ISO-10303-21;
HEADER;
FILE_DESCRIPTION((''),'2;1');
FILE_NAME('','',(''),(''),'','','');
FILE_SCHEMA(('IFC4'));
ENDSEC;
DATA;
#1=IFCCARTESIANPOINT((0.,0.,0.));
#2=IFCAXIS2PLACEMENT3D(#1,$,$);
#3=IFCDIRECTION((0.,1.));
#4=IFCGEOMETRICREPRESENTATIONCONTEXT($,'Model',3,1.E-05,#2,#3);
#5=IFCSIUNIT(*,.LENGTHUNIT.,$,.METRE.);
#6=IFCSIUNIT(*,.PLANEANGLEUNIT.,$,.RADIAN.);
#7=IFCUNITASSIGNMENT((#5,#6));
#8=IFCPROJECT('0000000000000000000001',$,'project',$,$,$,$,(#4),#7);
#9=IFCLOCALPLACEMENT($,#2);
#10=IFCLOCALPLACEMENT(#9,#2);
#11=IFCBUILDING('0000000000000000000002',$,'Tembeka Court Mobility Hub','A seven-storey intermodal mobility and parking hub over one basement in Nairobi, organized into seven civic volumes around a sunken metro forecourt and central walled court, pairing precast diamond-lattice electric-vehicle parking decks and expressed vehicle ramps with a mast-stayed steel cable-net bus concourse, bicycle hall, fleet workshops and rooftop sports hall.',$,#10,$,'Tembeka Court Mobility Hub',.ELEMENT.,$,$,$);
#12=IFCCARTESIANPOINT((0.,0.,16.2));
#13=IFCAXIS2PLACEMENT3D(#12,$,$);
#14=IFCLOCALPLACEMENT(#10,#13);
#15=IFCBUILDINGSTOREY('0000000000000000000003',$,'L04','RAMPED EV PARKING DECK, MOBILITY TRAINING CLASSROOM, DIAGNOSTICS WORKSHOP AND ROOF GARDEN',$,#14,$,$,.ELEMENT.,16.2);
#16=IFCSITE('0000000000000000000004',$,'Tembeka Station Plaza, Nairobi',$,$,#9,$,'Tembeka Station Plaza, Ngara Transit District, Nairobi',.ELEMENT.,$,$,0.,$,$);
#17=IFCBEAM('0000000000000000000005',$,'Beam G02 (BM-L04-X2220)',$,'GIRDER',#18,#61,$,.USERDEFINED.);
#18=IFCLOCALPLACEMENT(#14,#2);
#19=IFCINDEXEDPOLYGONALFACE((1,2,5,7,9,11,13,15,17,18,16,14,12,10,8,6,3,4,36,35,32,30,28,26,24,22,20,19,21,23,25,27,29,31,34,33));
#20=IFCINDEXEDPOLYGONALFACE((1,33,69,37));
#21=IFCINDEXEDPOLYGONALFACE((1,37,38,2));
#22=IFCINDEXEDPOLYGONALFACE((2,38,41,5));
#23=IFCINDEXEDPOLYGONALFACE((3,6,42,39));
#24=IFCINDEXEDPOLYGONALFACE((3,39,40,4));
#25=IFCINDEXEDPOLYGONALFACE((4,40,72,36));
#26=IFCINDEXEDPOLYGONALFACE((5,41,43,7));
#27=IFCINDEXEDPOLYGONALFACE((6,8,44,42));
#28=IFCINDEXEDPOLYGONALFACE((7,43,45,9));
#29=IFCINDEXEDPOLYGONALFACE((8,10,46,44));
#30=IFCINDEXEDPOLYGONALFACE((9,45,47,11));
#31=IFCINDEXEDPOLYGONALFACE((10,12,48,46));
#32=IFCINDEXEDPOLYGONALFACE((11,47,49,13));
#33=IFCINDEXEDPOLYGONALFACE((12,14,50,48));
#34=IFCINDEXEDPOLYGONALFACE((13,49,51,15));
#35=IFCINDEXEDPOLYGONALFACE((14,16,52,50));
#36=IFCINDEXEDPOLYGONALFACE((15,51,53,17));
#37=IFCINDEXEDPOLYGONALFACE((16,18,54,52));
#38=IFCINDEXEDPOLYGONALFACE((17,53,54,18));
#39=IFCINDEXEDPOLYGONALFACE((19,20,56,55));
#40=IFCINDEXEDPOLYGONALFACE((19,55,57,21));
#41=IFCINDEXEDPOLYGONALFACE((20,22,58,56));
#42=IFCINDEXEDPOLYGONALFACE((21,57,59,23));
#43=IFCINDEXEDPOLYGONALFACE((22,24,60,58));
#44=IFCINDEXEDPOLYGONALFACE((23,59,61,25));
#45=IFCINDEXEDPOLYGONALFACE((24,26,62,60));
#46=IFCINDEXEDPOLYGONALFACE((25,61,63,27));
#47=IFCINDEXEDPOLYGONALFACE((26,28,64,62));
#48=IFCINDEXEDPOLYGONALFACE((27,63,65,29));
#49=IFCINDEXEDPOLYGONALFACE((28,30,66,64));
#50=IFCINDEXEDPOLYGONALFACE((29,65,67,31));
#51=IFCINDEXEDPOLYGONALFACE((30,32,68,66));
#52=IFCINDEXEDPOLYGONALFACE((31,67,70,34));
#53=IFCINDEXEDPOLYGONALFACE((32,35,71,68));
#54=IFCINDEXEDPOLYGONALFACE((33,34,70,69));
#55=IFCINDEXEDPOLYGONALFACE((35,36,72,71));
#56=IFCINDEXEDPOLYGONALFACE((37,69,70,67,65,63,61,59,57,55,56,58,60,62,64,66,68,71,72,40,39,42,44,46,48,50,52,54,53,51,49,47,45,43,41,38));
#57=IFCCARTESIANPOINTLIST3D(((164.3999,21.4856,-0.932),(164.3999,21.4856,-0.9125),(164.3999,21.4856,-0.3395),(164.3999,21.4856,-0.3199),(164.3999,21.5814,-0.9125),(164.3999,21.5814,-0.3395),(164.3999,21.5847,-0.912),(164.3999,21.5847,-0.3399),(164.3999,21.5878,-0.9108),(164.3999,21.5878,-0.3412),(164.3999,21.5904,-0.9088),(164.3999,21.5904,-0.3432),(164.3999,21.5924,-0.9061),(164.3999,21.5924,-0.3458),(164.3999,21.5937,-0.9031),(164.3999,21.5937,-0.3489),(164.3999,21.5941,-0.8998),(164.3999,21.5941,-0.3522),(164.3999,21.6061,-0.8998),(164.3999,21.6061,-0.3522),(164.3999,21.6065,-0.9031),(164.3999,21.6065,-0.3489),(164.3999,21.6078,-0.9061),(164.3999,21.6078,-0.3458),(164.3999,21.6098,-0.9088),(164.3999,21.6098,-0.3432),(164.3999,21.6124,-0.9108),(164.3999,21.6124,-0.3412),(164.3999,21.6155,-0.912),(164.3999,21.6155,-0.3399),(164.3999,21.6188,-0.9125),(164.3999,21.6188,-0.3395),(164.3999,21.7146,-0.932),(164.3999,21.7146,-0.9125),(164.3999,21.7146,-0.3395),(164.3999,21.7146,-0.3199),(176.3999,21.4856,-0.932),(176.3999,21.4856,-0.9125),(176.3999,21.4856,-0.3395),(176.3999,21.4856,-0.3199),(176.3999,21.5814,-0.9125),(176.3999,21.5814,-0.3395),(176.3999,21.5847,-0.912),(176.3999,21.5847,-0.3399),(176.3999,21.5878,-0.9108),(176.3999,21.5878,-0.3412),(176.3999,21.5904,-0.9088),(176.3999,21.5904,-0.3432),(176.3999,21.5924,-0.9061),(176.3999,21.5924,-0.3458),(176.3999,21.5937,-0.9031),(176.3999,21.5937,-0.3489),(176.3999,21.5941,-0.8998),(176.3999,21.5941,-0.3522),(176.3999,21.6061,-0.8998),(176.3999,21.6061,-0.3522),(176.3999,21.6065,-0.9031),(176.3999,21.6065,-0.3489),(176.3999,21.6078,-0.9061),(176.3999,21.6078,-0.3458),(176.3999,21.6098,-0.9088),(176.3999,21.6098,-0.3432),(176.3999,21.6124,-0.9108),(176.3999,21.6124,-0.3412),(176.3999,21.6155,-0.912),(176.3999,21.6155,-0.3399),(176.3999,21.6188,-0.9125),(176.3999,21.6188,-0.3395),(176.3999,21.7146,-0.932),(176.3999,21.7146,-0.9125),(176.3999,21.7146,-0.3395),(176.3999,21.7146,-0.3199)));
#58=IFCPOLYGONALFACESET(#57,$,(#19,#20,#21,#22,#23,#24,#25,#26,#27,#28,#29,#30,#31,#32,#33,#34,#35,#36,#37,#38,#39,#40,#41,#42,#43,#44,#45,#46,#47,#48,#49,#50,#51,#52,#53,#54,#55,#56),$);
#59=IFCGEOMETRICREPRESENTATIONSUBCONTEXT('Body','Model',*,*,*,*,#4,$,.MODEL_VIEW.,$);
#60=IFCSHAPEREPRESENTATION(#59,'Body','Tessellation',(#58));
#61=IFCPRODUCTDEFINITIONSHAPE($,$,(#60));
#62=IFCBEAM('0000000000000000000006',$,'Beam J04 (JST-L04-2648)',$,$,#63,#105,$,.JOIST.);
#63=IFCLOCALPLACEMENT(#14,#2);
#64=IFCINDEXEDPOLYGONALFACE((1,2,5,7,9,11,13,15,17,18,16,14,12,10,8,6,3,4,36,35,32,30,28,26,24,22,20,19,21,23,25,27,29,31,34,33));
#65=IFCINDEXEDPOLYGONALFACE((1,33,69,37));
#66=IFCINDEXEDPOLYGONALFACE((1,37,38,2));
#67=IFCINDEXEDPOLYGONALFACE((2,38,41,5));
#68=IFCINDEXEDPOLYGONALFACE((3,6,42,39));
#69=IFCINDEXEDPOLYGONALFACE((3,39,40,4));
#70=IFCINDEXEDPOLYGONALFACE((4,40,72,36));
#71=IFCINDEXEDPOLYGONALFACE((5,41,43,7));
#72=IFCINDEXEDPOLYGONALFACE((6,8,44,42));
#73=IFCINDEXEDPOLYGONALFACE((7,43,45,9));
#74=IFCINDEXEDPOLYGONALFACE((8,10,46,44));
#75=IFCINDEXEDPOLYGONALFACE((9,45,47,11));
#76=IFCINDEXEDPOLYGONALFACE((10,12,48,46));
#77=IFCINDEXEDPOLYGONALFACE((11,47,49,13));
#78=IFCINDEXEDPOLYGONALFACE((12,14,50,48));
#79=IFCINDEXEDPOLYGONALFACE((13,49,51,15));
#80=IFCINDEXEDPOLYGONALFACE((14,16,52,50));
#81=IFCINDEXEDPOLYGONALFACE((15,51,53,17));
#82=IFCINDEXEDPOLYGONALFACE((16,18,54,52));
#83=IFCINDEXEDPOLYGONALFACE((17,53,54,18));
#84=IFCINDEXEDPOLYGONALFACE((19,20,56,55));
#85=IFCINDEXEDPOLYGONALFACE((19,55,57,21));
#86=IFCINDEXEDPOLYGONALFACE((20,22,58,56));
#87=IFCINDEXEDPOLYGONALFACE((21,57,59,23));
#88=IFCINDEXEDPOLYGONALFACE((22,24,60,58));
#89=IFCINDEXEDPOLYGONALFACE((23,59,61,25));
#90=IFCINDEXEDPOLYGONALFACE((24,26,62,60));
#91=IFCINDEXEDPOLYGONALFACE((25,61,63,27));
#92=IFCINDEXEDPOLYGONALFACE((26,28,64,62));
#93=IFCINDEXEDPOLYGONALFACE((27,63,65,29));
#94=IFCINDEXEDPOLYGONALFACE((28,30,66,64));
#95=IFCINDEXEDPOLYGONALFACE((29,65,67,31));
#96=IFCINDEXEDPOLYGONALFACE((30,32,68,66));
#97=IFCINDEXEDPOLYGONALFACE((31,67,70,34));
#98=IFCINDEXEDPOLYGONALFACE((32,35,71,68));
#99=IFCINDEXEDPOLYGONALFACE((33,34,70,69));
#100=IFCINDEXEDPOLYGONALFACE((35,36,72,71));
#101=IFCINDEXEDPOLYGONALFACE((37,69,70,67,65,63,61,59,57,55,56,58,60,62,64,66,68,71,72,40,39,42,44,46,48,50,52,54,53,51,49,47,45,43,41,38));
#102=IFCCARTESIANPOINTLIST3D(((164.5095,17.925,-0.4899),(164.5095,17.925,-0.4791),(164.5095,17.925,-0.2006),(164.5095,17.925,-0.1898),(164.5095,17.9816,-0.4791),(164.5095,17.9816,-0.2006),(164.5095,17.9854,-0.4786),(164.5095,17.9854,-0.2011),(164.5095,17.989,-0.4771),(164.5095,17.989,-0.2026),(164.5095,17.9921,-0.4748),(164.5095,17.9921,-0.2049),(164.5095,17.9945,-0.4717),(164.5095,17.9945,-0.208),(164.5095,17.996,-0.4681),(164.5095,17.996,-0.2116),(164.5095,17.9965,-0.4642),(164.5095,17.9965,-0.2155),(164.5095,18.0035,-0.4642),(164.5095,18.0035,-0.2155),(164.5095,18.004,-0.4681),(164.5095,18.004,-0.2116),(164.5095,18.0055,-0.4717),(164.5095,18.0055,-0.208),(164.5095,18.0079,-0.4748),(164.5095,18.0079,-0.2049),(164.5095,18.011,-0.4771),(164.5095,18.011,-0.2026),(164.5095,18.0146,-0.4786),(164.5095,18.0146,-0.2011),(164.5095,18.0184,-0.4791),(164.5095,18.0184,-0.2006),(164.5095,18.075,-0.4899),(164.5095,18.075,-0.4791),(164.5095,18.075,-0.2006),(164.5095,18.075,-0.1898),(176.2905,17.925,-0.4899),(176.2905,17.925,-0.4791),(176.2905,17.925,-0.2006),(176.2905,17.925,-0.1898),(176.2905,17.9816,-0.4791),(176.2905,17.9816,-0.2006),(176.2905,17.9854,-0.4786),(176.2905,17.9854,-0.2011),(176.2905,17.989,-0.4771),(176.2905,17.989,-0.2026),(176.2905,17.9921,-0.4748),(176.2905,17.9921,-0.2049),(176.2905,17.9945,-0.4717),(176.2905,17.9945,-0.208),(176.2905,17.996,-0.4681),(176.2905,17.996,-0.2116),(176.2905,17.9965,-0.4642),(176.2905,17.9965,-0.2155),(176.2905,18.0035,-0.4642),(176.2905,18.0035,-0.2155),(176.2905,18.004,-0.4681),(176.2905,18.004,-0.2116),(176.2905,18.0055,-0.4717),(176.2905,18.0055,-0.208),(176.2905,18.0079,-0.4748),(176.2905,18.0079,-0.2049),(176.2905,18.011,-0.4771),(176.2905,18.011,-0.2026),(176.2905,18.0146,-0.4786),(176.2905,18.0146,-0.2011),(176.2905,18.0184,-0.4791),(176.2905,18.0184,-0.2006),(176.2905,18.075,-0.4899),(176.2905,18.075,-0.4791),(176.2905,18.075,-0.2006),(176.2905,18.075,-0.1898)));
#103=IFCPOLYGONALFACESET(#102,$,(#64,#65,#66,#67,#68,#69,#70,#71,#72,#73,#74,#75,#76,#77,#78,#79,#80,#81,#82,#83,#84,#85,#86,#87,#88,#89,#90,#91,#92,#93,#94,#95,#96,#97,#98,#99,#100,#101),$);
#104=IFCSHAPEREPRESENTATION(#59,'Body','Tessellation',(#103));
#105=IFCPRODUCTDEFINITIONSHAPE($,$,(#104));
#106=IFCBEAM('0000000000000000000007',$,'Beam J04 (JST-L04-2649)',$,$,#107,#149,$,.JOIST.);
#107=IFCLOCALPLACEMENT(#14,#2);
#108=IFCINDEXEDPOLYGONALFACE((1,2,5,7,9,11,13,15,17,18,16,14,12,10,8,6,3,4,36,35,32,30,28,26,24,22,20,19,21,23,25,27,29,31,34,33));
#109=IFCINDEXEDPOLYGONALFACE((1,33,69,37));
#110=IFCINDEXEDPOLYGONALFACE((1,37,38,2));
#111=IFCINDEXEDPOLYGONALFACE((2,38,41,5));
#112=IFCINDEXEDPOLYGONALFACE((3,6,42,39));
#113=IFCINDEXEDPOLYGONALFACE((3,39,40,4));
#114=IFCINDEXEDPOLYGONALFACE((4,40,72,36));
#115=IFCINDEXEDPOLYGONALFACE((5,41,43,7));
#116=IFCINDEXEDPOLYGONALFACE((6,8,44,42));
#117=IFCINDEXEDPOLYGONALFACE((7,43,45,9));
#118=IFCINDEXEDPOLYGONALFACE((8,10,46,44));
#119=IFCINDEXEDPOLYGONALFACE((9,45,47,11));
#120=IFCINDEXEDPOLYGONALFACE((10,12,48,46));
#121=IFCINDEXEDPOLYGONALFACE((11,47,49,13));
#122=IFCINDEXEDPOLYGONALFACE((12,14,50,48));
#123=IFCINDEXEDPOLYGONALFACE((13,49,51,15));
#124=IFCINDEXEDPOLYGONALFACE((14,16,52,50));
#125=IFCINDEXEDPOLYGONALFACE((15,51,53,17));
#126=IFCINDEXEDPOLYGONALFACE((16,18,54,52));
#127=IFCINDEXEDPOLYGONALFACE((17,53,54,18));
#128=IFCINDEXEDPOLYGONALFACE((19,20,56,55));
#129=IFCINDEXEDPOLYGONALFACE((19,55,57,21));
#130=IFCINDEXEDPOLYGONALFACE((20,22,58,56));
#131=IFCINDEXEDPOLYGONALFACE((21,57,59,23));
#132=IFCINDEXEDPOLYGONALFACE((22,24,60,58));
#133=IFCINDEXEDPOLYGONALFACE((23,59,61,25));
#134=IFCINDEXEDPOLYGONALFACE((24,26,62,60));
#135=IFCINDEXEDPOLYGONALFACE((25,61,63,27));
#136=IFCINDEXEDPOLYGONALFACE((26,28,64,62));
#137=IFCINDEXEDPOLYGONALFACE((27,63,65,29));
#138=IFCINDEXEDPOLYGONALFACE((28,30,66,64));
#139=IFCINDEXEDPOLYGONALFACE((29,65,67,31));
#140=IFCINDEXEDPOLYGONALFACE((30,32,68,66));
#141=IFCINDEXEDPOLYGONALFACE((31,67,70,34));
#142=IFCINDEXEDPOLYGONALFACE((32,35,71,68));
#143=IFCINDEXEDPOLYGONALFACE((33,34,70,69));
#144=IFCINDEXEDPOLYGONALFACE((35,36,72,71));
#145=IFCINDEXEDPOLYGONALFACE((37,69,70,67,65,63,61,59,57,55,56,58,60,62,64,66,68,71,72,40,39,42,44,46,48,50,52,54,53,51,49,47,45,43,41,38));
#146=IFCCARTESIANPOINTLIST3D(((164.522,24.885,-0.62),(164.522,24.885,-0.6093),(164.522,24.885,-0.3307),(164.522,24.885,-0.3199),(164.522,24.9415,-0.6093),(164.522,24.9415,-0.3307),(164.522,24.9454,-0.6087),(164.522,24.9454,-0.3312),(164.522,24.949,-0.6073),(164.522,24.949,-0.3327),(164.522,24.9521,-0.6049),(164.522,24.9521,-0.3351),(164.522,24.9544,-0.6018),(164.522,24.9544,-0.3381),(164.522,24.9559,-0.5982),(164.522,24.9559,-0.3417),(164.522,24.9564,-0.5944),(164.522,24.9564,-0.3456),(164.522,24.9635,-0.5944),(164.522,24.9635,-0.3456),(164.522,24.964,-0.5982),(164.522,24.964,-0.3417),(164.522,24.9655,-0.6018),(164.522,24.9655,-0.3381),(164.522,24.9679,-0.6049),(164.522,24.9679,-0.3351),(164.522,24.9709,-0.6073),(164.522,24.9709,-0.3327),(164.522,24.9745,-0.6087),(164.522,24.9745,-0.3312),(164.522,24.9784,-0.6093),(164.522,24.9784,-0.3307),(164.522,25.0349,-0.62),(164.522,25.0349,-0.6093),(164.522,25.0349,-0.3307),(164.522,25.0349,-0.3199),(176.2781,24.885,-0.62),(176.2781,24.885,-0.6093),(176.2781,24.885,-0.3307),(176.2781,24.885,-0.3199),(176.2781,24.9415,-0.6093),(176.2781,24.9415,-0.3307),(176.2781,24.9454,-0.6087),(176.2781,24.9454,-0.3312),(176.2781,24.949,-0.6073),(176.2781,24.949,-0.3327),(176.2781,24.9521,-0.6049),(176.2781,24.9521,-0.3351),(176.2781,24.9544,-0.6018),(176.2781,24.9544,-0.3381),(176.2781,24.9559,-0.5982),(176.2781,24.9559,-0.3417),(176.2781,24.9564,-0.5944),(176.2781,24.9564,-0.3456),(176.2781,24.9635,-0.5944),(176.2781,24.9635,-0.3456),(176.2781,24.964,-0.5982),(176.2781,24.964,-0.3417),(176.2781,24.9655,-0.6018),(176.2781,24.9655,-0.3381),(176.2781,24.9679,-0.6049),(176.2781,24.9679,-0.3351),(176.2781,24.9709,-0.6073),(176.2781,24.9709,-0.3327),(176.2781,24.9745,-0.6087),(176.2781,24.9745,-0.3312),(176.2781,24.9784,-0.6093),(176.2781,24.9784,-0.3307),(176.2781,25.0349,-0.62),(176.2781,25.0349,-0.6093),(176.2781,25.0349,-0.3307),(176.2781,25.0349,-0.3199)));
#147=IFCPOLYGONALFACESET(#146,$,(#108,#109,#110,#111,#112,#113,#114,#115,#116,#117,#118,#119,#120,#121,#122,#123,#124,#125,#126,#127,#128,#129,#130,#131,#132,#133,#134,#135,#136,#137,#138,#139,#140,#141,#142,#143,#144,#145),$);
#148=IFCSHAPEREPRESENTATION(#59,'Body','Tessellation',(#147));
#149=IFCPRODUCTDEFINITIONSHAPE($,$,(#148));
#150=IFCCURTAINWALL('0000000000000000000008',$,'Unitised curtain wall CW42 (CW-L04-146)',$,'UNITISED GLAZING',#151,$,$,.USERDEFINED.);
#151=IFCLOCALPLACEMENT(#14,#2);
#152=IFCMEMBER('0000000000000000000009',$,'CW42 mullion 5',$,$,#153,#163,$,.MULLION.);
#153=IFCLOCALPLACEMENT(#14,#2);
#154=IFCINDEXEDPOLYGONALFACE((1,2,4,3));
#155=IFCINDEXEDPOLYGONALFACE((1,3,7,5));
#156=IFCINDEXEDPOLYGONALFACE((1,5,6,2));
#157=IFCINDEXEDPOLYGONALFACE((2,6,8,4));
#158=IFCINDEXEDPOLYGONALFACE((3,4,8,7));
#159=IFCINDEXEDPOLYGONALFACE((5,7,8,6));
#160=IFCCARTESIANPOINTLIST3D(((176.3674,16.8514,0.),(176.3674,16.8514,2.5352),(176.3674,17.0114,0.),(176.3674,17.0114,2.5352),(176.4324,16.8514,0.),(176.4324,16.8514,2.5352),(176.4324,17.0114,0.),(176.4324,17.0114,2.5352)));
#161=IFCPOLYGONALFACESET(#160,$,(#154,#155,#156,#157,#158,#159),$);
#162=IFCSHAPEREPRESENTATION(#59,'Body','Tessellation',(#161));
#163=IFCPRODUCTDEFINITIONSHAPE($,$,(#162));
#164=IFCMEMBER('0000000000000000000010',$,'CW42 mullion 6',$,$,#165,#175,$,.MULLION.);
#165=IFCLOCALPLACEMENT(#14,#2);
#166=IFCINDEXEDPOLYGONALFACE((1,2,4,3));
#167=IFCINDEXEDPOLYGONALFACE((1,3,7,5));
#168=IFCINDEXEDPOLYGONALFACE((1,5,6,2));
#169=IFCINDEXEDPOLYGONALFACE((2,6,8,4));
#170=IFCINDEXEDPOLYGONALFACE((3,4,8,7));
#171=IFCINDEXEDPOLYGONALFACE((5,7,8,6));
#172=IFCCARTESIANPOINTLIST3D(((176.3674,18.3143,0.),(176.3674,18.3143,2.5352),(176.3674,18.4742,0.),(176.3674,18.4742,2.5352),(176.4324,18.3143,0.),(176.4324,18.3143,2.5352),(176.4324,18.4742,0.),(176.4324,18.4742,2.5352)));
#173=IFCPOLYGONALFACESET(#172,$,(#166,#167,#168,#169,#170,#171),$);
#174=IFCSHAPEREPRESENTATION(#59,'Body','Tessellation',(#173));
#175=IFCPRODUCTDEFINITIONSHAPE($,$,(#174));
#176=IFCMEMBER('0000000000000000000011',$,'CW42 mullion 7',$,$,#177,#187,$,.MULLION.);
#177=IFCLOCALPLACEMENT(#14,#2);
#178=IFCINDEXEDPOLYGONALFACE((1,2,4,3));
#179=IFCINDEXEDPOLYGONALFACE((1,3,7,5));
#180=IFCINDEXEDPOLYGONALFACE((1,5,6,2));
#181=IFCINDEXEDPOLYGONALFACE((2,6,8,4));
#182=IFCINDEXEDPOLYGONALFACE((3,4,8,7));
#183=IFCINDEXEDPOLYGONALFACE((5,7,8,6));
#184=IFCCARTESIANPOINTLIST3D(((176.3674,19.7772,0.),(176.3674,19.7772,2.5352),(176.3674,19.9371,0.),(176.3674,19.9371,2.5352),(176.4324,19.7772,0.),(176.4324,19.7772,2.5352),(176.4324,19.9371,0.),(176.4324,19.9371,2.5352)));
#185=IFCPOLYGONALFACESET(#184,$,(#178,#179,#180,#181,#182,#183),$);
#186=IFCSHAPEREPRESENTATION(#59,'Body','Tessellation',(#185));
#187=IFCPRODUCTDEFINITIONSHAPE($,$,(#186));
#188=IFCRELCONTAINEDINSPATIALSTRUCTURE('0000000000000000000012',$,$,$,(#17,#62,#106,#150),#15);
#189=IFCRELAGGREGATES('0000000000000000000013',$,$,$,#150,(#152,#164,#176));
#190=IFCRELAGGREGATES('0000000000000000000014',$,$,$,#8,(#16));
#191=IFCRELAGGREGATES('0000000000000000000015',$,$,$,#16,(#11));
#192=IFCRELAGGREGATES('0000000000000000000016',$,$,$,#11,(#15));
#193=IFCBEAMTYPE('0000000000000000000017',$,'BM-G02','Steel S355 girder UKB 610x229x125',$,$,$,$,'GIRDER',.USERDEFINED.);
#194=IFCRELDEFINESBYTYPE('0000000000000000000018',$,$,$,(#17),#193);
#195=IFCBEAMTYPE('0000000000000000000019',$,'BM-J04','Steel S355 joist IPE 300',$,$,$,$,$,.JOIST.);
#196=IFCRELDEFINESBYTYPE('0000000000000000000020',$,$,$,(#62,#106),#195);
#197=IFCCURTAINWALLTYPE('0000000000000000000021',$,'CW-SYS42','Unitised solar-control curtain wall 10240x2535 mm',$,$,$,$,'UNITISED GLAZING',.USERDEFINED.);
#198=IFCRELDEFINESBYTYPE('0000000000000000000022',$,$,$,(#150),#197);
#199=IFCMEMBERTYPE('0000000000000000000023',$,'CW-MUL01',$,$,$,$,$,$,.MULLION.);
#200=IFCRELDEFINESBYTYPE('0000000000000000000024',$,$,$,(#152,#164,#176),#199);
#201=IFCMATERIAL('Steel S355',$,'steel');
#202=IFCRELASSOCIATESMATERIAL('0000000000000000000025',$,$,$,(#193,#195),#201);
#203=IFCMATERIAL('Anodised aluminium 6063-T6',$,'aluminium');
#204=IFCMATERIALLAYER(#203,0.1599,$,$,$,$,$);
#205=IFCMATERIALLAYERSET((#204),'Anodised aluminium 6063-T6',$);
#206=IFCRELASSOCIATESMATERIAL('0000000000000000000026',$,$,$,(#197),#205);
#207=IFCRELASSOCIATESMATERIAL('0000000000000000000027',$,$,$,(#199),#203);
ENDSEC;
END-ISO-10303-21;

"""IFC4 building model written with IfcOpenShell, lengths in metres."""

from ifc_helpers import new_model, si_unit, direction, frame, origin, origin_2d, place, context, subcontext, project, spatial, rectangle, i_section, extrude, material, layer, layer_set, material_profile, profile_set, type_object, element, aggregate, save


model = new_model("IFC4")

# Units and contexts
model_context = context("Model", 3, precision=1e-05, world=origin(), true_north=direction((0.0, 1.0)))
body_context = subcontext(model_context, "Body", "Model", "MODEL_VIEW")
ifc_project = project(units=[si_unit("LENGTHUNIT", "METRE"), si_unit("PLANEANGLEUNIT", "RADIAN")], contexts=[model_context])

# Site, building, storey
site_placement = place(None, origin())
site = spatial("IfcSite", under=ifc_project, at=site_placement, Name="Tembeka Station Plaza, Nairobi", LongName="Tembeka Station Plaza, Ngara Transit District, Nairobi", CompositionType="ELEMENT", RefElevation=0.0)
building_placement = place(site_placement, origin())
building = spatial("IfcBuilding", under=site, at=building_placement, Name="Tembeka Court Mobility Hub", Description="A seven-storey intermodal mobility and parking hub over one basement in Nairobi, organized into seven civic volumes around a sunken metro forecourt and central walled court, pairing precast diamond-lattice electric-vehicle parking decks and expressed vehicle ramps with a mast-stayed steel cable-net bus concourse, bicycle hall, fleet workshops and rooftop sports hall.", LongName="Tembeka Court Mobility Hub", CompositionType="ELEMENT")
storey_placement = place(building_placement, frame((0.0, 0.0, 16.2)))
storey = spatial("IfcBuildingStorey", under=building, at=storey_placement, Name="L04", Description="RAMPED EV PARKING DECK, MOBILITY TRAINING CLASSROOM, DIAGNOSTICS WORKSHOP AND ROOF GARDEN", CompositionType="ELEMENT", Elevation=16.2)

# Shared definitions
ifc_material_1 = material(Name="Steel S355", Category="steel")

# Beams
ifc_material_profile_1 = material_profile(ifc_material_1, i_section(OverallWidth=0.229, OverallDepth=0.6121, WebThickness=0.012, FlangeThickness=0.0195, FilletRadius=0.0127, at=origin_2d()), Name="UKB 610x229x125")
ifc_profile_set_1 = profile_set([ifc_material_profile_1], Name="Steel S355")
beam_type_1 = type_object("IfcBeamType", Name="BM-G02", Description="Steel S355 girder UKB 610x229x125", ElementType="GIRDER", PredefinedType="USERDEFINED", material=ifc_profile_set_1)
beam_1_placement = place(storey_placement, frame((164.3999, 21.6001, -0.626), z_axis=(1.0, 0.0, 0.0), x_axis=(0.0, 1.0, 0.0)))
element("IfcBeam", 1, at=beam_1_placement, inside=storey, type_object=beam_type_1, Name="Beam G02 (BM-L04-X2220)", ObjectType="GIRDER", PredefinedType="USERDEFINED", context=body_context, shape_type="SweptSolid", body=[
    extrude(i_section(OverallWidth=0.229, OverallDepth=0.6121, WebThickness=0.012, FlangeThickness=0.0195, FilletRadius=0.0127, at=origin_2d()), origin(), (0.0, 0.0, 1.0), 12.0),
])
ifc_material_profile_2 = material_profile(ifc_material_1, i_section(OverallWidth=0.1499, OverallDepth=0.3, WebThickness=0.0071, FlangeThickness=0.0107, FilletRadius=0.0149, at=origin_2d()), Name="IPE 300")
ifc_profile_set_2 = profile_set([ifc_material_profile_2], Name="Steel S355")
beam_type_2 = type_object("IfcBeamType", Name="BM-J04", Description="Steel S355 joist IPE 300", PredefinedType="JOIST", material=ifc_profile_set_2)
beam_2_placement = place(storey_placement, frame((164.5095, 18.0, -0.3398), z_axis=(1.0, 0.0, 0.0), x_axis=(0.0, 1.0, 0.0)))
element("IfcBeam", 2, at=beam_2_placement, inside=storey, type_object=beam_type_2, Name="Beam J04 (JST-L04-2648)", PredefinedType="JOIST", context=body_context, shape_type="SweptSolid", body=[
    extrude(i_section(OverallWidth=0.1499, OverallDepth=0.3, WebThickness=0.0071, FlangeThickness=0.0107, FilletRadius=0.0149, at=origin_2d()), origin(), (0.0, 0.0, 1.0), 11.781),
])
beam_3_placement = place(storey_placement, frame((164.522, 24.96, -0.47), z_axis=(1.0, 0.0, 0.0), x_axis=(0.0, 1.0, 0.0)))
element("IfcBeam", 3, at=beam_3_placement, inside=storey, type_object=beam_type_2, Name="Beam J04 (JST-L04-2649)", PredefinedType="JOIST", context=body_context, shape_type="SweptSolid", body=[
    extrude(i_section(OverallWidth=0.1499, OverallDepth=0.3, WebThickness=0.0071, FlangeThickness=0.0107, FilletRadius=0.0149, at=origin_2d()), origin(), (0.0, 0.0, 1.0), 11.7561),
])

# Curtain wall, members
ifc_material_2 = material(Name="Anodised aluminium 6063-T6", Category="aluminium")
ifc_layer_1 = layer(ifc_material_2, 0.1599)
ifc_layer_set_1 = layer_set([ifc_layer_1], Name="Anodised aluminium 6063-T6")
curtain_wall_type = type_object("IfcCurtainWallType", Name="CW-SYS42", Description="Unitised solar-control curtain wall 10240x2535 mm", ElementType="UNITISED GLAZING", PredefinedType="USERDEFINED", material=ifc_layer_set_1)
curtain_wall_placement = place(storey_placement, origin())
curtain_wall = element("IfcCurtainWall", 4, at=curtain_wall_placement, inside=storey, type_object=curtain_wall_type, Name="Unitised curtain wall CW42 (CW-L04-146)", ObjectType="UNITISED GLAZING", PredefinedType="USERDEFINED")
ifc_material_profile_3 = material_profile(ifc_material_2, rectangle(XDim=0.0649, YDim=0.1599, at=origin_2d()), Name="ALU-MUL 65x160")
ifc_profile_set_3 = profile_set([ifc_material_profile_3], Name="Anodised aluminium 6063-T6")
member_type_1 = type_object("IfcMemberType", Name="CW-MUL01", PredefinedType="MULLION", material=ifc_profile_set_3)
member_1_placement = place(storey_placement, frame((176.3999, 16.9314, 0.0), z_axis=(0.0, 0.0, 1.0), x_axis=(-1.0, 0.0, 0.0)))
member_1 = element("IfcMember", 5, at=member_1_placement, type_object=member_type_1, Name="CW42 mullion 5", PredefinedType="MULLION", context=body_context, shape_type="SweptSolid", body=[
    extrude(rectangle(XDim=0.0649, YDim=0.1599, at=origin_2d()), origin(), (0.0, 0.0, 1.0), 2.5352),
])
member_2_placement = place(storey_placement, frame((176.3999, 18.3943, 0.0), z_axis=(0.0, 0.0, 1.0), x_axis=(-1.0, 0.0, 0.0)))
member_2 = element("IfcMember", 6, at=member_2_placement, type_object=member_type_1, Name="CW42 mullion 6", PredefinedType="MULLION", context=body_context, shape_type="SweptSolid", body=[
    extrude(rectangle(XDim=0.0649, YDim=0.1599, at=origin_2d()), origin(), (0.0, 0.0, 1.0), 2.5352),
])
member_3_placement = place(storey_placement, frame((176.3999, 19.8572, 0.0), z_axis=(0.0, 0.0, 1.0), x_axis=(-1.0, 0.0, 0.0)))
member_3 = element("IfcMember", 7, at=member_3_placement, type_object=member_type_1, Name="CW42 mullion 7", PredefinedType="MULLION", context=body_context, shape_type="SweptSolid", body=[
    extrude(rectangle(XDim=0.0649, YDim=0.1599, at=origin_2d()), origin(), (0.0, 0.0, 1.0), 2.5352),
])
aggregate(curtain_wall, [member_1, member_2, member_3])

save(model, "model.ifc")
